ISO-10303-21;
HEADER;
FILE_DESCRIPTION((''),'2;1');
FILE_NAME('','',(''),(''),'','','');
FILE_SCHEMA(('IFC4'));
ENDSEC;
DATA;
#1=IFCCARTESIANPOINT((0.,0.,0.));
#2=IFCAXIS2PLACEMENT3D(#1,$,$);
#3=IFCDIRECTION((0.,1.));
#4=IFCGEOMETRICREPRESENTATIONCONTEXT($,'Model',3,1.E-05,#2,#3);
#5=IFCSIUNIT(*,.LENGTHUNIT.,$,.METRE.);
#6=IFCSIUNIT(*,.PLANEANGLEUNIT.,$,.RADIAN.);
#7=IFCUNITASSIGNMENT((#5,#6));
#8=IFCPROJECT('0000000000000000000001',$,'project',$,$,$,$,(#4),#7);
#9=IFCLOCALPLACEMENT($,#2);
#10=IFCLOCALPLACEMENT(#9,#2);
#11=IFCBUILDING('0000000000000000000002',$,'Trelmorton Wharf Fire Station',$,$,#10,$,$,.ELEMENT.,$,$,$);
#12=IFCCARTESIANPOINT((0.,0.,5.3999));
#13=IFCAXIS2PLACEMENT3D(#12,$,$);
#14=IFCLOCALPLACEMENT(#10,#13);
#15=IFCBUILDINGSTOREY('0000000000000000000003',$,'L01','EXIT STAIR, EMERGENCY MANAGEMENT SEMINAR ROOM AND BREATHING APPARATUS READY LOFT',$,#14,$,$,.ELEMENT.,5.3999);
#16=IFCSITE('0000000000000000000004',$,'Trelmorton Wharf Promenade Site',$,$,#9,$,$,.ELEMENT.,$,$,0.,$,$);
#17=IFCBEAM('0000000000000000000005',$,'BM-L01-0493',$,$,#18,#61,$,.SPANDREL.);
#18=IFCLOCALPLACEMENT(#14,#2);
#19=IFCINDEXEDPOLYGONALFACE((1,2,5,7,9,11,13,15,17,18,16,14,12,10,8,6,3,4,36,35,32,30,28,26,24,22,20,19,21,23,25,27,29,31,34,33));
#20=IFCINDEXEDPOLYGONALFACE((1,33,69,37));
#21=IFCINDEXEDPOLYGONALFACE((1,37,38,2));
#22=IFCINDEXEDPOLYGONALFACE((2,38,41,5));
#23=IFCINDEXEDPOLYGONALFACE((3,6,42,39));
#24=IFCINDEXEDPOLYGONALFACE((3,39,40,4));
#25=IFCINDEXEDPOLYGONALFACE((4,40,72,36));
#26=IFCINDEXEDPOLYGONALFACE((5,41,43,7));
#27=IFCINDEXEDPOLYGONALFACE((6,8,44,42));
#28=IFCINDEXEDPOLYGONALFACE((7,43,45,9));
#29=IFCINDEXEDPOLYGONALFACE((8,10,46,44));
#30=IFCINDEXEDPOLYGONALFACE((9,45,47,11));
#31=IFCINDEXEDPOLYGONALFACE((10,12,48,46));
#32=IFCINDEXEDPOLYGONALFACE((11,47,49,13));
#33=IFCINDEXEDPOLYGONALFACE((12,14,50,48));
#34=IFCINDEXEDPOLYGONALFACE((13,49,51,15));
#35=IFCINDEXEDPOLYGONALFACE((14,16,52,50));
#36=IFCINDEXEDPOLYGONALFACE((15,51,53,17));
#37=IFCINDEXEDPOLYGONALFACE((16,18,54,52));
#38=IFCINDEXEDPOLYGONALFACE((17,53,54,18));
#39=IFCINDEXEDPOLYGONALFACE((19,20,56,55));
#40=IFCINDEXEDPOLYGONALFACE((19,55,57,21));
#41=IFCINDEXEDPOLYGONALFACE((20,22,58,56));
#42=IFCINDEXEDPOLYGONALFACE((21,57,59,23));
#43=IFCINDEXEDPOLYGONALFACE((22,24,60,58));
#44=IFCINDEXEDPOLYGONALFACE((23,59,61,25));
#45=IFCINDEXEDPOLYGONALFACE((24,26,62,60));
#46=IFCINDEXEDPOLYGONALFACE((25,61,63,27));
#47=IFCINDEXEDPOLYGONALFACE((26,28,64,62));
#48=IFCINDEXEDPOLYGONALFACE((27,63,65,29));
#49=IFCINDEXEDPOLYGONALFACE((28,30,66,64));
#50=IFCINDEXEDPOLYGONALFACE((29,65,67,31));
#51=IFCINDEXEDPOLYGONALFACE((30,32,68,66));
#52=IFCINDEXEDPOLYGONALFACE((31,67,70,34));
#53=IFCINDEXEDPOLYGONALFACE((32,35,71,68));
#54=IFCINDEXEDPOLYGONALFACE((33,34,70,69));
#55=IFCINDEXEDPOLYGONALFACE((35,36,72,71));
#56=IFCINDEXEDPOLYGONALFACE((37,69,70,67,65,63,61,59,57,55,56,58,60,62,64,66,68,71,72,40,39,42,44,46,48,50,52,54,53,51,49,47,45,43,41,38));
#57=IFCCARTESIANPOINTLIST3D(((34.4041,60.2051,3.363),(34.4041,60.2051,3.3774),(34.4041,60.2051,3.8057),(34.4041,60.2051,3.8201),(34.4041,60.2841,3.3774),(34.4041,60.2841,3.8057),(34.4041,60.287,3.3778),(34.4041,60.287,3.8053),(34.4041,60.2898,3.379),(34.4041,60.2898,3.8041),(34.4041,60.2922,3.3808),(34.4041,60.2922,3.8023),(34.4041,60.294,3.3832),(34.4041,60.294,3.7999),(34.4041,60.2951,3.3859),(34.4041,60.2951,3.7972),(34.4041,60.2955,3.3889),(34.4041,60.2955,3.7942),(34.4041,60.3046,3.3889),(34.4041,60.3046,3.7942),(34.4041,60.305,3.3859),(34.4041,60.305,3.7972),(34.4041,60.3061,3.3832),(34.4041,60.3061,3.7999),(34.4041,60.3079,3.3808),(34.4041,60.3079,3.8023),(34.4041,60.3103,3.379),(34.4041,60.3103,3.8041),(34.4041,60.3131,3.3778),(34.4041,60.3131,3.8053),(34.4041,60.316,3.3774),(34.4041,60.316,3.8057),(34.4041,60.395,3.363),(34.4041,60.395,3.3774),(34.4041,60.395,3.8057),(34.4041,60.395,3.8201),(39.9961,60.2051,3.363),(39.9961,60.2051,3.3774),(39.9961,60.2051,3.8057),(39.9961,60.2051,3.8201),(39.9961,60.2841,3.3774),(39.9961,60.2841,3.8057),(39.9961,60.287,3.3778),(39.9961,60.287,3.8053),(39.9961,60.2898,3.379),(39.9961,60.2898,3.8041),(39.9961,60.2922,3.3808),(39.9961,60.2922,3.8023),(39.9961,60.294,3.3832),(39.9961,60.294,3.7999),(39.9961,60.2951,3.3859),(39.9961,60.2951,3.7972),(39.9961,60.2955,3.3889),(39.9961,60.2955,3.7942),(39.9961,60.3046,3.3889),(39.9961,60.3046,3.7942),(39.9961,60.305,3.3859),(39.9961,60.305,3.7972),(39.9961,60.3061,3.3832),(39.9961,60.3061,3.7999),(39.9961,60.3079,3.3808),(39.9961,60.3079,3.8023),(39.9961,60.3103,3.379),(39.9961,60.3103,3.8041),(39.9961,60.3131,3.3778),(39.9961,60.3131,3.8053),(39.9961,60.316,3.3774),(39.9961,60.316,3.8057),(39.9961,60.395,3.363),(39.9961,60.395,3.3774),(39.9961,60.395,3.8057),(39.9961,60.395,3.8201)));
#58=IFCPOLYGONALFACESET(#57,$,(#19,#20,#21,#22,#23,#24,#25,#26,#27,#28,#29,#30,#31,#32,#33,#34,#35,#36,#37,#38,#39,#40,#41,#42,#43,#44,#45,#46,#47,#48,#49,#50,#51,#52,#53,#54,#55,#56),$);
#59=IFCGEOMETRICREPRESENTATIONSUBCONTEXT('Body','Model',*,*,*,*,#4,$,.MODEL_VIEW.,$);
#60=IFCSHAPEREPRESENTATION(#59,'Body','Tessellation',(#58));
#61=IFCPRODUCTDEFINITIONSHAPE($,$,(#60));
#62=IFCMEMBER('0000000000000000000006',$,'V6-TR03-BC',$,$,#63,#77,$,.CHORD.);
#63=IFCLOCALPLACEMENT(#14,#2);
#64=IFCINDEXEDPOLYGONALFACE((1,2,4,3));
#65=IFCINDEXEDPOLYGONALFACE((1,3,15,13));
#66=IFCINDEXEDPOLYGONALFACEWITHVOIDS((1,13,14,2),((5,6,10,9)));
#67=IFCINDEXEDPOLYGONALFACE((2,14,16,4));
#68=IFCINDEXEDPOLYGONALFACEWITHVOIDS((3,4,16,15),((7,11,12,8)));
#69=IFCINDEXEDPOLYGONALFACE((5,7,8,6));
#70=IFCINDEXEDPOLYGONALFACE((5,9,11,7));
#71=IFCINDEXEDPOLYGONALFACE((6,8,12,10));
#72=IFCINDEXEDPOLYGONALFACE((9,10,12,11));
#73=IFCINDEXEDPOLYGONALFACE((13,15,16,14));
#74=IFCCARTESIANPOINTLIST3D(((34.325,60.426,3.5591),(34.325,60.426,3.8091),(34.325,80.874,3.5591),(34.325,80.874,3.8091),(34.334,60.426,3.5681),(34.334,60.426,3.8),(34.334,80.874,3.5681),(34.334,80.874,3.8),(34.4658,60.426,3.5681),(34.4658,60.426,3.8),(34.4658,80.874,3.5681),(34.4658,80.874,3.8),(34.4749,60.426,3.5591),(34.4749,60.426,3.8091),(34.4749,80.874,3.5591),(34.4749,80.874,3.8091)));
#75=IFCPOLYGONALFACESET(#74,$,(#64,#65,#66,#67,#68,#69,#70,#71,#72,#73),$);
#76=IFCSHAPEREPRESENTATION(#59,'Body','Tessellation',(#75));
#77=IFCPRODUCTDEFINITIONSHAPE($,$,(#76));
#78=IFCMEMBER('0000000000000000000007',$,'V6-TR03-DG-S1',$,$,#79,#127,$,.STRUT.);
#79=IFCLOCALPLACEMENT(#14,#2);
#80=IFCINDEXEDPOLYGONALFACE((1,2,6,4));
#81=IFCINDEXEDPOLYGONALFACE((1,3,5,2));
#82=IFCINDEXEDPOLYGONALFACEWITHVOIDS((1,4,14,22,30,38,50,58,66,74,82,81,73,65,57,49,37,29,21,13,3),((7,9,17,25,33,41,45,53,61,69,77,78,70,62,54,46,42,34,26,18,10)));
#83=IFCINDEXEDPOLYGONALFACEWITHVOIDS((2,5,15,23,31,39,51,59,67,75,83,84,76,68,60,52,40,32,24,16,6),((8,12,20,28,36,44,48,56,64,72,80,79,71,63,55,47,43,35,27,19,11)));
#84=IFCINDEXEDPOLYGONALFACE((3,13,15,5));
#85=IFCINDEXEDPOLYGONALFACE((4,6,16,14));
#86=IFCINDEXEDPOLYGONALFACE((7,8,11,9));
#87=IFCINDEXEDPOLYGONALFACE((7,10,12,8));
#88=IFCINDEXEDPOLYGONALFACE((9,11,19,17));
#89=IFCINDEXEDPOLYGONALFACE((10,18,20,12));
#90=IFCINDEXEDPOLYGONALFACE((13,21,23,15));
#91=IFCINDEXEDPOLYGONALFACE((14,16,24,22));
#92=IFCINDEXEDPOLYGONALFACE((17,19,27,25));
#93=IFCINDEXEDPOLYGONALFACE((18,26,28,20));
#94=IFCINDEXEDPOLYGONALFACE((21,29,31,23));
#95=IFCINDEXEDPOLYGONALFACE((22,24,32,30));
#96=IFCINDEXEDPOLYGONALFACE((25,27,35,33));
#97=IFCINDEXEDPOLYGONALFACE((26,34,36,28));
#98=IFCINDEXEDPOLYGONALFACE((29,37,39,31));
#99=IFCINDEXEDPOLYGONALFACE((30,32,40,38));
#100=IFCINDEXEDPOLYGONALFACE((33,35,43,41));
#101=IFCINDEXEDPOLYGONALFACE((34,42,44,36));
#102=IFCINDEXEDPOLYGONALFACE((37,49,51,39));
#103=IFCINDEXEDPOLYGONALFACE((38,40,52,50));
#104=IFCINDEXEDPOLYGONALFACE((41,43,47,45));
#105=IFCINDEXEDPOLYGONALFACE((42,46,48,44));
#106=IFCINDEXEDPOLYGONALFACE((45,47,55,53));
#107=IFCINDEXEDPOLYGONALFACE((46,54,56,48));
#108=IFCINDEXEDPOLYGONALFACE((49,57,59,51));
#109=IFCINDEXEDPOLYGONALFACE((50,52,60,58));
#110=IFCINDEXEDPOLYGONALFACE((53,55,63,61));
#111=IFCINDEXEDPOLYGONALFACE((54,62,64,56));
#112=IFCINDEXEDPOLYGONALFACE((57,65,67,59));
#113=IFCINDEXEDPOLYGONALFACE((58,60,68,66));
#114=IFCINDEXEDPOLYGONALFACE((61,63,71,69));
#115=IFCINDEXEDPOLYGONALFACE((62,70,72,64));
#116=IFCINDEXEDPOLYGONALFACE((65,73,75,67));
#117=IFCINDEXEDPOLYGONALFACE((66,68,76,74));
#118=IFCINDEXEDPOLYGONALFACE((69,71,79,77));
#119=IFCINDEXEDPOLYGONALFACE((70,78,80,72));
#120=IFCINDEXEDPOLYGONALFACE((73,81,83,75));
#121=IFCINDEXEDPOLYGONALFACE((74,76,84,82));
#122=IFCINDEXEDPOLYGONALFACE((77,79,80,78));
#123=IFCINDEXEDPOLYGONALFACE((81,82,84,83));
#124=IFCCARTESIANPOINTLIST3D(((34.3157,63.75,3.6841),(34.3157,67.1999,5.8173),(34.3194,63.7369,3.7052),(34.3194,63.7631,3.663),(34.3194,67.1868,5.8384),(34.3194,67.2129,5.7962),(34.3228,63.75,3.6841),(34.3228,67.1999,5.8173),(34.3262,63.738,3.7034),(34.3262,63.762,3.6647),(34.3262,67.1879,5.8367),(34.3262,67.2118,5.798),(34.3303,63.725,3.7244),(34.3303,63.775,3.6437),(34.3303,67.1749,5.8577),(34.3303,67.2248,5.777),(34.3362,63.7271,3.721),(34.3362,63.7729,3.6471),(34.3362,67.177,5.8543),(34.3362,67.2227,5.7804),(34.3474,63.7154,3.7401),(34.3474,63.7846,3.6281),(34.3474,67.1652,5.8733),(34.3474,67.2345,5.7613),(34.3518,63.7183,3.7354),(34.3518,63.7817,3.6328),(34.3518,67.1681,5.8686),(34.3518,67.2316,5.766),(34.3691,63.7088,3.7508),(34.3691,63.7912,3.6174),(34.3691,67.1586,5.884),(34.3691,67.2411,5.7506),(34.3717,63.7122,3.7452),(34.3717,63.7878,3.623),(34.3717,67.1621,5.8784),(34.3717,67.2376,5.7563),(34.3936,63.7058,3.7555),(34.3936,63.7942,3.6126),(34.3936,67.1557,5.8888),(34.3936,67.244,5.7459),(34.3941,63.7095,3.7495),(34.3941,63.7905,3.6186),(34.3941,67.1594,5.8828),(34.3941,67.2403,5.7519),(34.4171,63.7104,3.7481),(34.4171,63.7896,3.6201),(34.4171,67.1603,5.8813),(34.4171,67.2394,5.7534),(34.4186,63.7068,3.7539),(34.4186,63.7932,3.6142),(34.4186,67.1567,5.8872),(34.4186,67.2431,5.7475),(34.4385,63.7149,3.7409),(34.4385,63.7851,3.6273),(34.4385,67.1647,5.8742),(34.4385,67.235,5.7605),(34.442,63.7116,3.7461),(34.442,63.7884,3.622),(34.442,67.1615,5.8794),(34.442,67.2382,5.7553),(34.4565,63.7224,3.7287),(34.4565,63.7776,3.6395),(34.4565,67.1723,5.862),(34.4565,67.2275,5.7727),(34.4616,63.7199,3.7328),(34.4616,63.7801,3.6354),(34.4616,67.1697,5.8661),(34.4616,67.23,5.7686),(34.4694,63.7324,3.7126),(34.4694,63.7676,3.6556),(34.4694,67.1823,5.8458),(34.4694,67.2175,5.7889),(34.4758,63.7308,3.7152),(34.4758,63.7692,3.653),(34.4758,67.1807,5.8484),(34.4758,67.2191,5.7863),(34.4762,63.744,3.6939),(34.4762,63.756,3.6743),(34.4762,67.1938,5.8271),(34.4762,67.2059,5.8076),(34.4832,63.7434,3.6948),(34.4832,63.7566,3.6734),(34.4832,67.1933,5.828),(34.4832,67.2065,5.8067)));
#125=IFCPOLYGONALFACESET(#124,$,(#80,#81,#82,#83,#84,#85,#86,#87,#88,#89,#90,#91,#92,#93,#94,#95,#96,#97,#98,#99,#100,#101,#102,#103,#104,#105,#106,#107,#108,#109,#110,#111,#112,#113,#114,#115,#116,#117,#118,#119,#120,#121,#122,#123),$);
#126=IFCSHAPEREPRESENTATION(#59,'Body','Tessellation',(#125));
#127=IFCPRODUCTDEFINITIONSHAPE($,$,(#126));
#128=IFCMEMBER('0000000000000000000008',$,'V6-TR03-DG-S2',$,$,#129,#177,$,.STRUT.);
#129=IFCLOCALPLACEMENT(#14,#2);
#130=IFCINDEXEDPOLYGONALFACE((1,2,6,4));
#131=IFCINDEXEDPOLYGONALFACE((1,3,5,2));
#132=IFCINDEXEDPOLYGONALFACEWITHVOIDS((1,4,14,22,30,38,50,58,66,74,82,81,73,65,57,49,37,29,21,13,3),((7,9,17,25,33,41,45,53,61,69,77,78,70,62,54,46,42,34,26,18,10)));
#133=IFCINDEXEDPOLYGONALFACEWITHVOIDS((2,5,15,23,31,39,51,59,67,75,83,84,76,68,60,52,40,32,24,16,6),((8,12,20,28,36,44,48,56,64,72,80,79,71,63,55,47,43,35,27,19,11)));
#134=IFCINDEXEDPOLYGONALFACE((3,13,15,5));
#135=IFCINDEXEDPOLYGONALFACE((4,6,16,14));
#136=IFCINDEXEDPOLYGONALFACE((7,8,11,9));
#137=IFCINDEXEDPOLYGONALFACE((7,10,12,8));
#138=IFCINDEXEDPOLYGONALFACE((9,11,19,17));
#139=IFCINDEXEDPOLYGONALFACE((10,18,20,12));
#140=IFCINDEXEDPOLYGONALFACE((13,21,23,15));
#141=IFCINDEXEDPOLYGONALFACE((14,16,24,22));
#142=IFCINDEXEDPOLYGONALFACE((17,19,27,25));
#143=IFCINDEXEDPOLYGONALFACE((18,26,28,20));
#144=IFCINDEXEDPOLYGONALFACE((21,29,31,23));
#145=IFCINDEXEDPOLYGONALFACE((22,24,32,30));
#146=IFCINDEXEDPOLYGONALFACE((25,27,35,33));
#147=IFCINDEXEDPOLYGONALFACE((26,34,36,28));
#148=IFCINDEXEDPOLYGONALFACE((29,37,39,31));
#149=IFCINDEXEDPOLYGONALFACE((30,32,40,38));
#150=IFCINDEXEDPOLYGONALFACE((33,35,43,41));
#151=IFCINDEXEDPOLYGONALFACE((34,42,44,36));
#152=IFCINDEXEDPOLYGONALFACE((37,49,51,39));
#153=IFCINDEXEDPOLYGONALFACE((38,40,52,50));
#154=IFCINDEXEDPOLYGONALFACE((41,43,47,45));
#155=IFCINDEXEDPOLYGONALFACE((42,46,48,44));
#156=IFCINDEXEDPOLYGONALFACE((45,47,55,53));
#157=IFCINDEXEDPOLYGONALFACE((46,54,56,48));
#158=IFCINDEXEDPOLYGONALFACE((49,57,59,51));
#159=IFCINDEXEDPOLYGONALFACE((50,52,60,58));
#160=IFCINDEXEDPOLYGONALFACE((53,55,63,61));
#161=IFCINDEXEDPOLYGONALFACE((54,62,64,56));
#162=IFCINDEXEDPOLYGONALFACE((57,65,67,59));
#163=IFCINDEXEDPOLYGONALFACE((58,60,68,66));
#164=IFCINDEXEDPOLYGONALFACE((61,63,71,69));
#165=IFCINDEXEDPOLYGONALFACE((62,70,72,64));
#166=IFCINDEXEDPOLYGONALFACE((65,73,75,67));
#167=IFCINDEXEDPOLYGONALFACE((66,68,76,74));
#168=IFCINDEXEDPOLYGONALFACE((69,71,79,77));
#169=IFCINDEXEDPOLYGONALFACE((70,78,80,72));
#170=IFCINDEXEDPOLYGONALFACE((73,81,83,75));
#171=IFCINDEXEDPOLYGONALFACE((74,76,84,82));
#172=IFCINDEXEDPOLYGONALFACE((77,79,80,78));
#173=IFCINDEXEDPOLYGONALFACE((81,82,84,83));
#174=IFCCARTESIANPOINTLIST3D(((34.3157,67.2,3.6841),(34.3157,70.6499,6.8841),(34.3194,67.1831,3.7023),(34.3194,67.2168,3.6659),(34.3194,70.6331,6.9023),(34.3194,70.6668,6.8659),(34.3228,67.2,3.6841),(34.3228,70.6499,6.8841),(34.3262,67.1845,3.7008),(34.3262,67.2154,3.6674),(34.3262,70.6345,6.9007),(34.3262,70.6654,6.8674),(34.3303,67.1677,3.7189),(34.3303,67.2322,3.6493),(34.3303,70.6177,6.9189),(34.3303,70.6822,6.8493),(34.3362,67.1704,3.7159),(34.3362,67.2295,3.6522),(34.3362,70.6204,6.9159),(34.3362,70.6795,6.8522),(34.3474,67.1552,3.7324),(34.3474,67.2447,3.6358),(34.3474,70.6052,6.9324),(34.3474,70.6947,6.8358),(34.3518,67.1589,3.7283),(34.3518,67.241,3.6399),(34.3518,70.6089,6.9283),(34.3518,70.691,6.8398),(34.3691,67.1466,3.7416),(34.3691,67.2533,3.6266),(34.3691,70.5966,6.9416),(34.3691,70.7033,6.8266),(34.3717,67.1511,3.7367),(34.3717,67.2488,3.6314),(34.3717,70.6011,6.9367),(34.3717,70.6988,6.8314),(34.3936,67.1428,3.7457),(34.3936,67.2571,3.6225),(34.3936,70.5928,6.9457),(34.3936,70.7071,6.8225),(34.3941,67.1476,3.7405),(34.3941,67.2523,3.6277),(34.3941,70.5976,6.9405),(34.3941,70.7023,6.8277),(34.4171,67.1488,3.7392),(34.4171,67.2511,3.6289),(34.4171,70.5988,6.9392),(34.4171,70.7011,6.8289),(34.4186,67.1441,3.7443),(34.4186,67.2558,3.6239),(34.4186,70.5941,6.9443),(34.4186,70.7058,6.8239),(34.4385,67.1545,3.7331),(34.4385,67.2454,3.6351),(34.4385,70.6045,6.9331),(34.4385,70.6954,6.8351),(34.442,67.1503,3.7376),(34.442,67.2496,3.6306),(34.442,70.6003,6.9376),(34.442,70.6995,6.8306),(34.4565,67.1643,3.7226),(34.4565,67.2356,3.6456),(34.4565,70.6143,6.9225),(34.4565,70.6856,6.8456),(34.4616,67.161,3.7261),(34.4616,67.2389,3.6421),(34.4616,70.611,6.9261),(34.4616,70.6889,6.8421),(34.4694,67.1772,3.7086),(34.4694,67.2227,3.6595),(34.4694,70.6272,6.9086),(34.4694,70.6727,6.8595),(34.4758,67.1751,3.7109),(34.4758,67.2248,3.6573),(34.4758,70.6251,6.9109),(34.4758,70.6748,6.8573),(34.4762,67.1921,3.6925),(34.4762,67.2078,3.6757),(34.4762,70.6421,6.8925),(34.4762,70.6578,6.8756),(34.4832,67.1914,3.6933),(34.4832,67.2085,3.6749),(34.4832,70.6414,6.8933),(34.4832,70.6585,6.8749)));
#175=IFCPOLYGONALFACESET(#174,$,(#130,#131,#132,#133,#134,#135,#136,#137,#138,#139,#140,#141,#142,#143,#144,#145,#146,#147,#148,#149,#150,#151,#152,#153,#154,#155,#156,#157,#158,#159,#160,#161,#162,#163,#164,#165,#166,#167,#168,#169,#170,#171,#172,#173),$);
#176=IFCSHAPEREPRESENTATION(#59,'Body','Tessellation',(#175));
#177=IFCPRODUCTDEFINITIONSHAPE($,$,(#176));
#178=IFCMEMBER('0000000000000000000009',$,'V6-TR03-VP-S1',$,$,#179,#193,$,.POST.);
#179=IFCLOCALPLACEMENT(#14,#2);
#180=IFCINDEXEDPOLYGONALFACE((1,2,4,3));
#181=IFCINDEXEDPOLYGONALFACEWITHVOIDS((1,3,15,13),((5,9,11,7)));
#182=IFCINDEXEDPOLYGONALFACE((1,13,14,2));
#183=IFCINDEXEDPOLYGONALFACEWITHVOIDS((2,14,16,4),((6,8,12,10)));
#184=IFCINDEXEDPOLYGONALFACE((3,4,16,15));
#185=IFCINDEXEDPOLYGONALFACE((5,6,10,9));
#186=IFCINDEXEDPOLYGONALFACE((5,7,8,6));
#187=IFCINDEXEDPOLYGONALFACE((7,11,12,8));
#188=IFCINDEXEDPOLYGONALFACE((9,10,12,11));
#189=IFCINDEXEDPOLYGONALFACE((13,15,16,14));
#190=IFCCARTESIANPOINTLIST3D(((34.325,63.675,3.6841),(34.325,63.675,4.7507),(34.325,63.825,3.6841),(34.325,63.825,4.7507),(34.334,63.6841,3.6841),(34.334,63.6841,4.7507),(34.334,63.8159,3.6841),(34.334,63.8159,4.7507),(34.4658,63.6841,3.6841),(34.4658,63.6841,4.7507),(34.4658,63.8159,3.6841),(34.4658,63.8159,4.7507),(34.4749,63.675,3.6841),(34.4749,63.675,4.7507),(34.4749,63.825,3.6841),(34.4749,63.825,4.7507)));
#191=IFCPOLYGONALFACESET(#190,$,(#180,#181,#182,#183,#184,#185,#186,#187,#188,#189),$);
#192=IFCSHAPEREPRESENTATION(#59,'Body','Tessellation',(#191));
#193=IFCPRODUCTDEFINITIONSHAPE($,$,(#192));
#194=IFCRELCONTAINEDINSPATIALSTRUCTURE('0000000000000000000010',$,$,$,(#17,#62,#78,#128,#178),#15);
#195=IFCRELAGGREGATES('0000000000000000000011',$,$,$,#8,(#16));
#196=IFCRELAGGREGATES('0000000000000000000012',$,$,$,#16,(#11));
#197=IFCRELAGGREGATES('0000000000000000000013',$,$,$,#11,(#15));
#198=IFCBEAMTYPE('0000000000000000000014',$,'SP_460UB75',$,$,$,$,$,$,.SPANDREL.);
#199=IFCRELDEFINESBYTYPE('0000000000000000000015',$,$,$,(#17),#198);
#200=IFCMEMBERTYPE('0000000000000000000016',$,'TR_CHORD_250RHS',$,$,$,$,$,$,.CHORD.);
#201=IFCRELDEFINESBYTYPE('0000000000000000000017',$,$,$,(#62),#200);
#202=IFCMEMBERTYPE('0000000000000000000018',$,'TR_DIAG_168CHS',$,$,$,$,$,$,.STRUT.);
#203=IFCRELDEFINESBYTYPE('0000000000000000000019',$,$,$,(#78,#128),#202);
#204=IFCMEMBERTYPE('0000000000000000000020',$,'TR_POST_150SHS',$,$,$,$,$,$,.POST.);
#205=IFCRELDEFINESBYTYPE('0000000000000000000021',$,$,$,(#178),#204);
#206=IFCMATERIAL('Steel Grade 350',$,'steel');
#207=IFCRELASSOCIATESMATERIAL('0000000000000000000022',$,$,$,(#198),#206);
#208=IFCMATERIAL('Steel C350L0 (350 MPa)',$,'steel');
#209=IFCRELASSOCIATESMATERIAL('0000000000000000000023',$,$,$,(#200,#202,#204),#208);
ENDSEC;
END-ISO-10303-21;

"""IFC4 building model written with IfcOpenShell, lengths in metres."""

from ifc_helpers import new_model, si_unit, direction, frame, origin, origin_2d, place, context, subcontext, project, spatial, hollow_rectangle, hollow_circle, i_section, extrude, material, material_profile, profile_set, type_object, element, save


model = new_model("IFC4")

# Units and contexts
model_context = context("Model", 3, precision=1e-05, world=origin(), true_north=direction((0.0, 1.0)))
body_context = subcontext(model_context, "Body", "Model", "MODEL_VIEW")
ifc_project = project(units=[si_unit("LENGTHUNIT", "METRE"), si_unit("PLANEANGLEUNIT", "RADIAN")], contexts=[model_context])

# Site, building, storey
site_placement = place(None, origin())
site = spatial("IfcSite", under=ifc_project, at=site_placement, Name="Trelmorton Wharf Promenade Site", CompositionType="ELEMENT", RefElevation=0.0)
building_placement = place(site_placement, origin())
building = spatial("IfcBuilding", under=site, at=building_placement, Name="Trelmorton Wharf Fire Station", CompositionType="ELEMENT")
storey_placement = place(building_placement, frame((0.0, 0.0, 5.3999)))
storey = spatial("IfcBuildingStorey", under=building, at=storey_placement, Name="L01", Description="EXIT STAIR, EMERGENCY MANAGEMENT SEMINAR ROOM AND BREATHING APPARATUS READY LOFT", CompositionType="ELEMENT", Elevation=5.3999)

# Shared definitions
ifc_material_1 = material(Name="Steel Grade 350", Category="steel")

# Shared definitions
ifc_material_2 = material(Name="Steel C350L0 (350 MPa)", Category="steel")

# Beam
ifc_material_profile_1 = material_profile(ifc_material_1, i_section(OverallWidth=0.1899, OverallDepth=0.457, WebThickness=0.009, FlangeThickness=0.0144, FilletRadius=0.0115, at=origin_2d()), Name="460UB74.6")
ifc_profile_set_1 = profile_set([ifc_material_profile_1], Name="Steel Grade 350")
beam_type = type_object("IfcBeamType", Name="SP_460UB75", PredefinedType="SPANDREL", material=ifc_profile_set_1)
beam_placement = place(storey_placement, frame((34.4041, 60.3, 3.5916), z_axis=(1.0, 0.0, 0.0), x_axis=(0.0, 1.0, 0.0)))
element("IfcBeam", 1, at=beam_placement, inside=storey, type_object=beam_type, Name="BM-L01-0493", PredefinedType="SPANDREL", context=body_context, shape_type="SweptSolid", body=[
    extrude(i_section(OverallWidth=0.1899, OverallDepth=0.457, WebThickness=0.009, FlangeThickness=0.0144, FilletRadius=0.0115, at=origin_2d()), origin(), (0.0, 0.0, 1.0), 5.592),
])

# Members
ifc_material_profile_2 = material_profile(ifc_material_2, hollow_rectangle(XDim=0.1499, YDim=0.25, WallThickness=0.009, at=origin_2d()), Name="250x150x9.0RHS")
ifc_profile_set_2 = profile_set([ifc_material_profile_2], Name="Steel C350L0 (350 MPa)")
member_type_1 = type_object("IfcMemberType", Name="TR_CHORD_250RHS", PredefinedType="CHORD", material=ifc_profile_set_2)
member_1_placement = place(storey_placement, frame((34.3999, 60.426, 3.6841), z_axis=(0.0, 1.0, 0.0), x_axis=(-1.0, 0.0, 0.0)))
element("IfcMember", 2, at=member_1_placement, inside=storey, type_object=member_type_1, Name="V6-TR03-BC", PredefinedType="CHORD", context=body_context, shape_type="SweptSolid", body=[
    extrude(hollow_rectangle(XDim=0.1499, YDim=0.25, WallThickness=0.009, at=origin_2d()), origin(), (0.0, 0.0, 1.0), 20.448),
])
ifc_material_profile_3 = material_profile(ifc_material_2, hollow_circle(Radius=0.0842, WallThickness=0.0071, at=origin_2d()), Name="168.3x7.1CHS")
ifc_profile_set_3 = profile_set([ifc_material_profile_3], Name="Steel C350L0 (350 MPa)")
member_type_2 = type_object("IfcMemberType", Name="TR_DIAG_168CHS", PredefinedType="STRUT", material=ifc_profile_set_3)
member_2_placement = place(storey_placement, frame((34.3999, 63.75, 3.6841), z_axis=(0.0, 0.850528, 0.52593), x_axis=(-1.0, 0.0, 0.0)))
element("IfcMember", 3, at=member_2_placement, inside=storey, type_object=member_type_2, Name="V6-TR03-DG-S1", PredefinedType="STRUT", context=body_context, shape_type="SweptSolid", body=[
    extrude(hollow_circle(Radius=0.0842, WallThickness=0.0071, at=origin_2d()), origin(), (0.0, 0.0, 1.0), 4.0562),
])
member_3_placement = place(storey_placement, frame((34.3999, 67.2, 3.6841), z_axis=(0.0, 0.733172, 0.680043), x_axis=(-1.0, 0.0, 0.0)))
element("IfcMember", 4, at=member_3_placement, inside=storey, type_object=member_type_2, Name="V6-TR03-DG-S2", PredefinedType="STRUT", context=body_context, shape_type="SweptSolid", body=[
    extrude(hollow_circle(Radius=0.0842, WallThickness=0.0071, at=origin_2d()), origin(), (0.0, 0.0, 1.0), 4.7056),
])
ifc_material_profile_4 = material_profile(ifc_material_2, hollow_rectangle(XDim=0.1499, YDim=0.1499, WallThickness=0.009, at=origin_2d()), Name="150x150x9.0SHS")
ifc_profile_set_4 = profile_set([ifc_material_profile_4], Name="Steel C350L0 (350 MPa)")
member_type_3 = type_object("IfcMemberType", Name="TR_POST_150SHS", PredefinedType="POST", material=ifc_profile_set_4)
member_4_placement = place(storey_placement, frame((34.3999, 63.75, 3.6841), z_axis=(0.0, 0.0, 1.0), x_axis=(1.0, 0.0, 0.0)))
element("IfcMember", 5, at=member_4_placement, inside=storey, type_object=member_type_3, Name="V6-TR03-VP-S1", PredefinedType="POST", context=body_context, shape_type="SweptSolid", body=[
    extrude(hollow_rectangle(XDim=0.1499, YDim=0.1499, WallThickness=0.009, at=origin_2d()), origin(), (0.0, 0.0, 1.0), 1.0667),
])

save(model, "model.ifc")
